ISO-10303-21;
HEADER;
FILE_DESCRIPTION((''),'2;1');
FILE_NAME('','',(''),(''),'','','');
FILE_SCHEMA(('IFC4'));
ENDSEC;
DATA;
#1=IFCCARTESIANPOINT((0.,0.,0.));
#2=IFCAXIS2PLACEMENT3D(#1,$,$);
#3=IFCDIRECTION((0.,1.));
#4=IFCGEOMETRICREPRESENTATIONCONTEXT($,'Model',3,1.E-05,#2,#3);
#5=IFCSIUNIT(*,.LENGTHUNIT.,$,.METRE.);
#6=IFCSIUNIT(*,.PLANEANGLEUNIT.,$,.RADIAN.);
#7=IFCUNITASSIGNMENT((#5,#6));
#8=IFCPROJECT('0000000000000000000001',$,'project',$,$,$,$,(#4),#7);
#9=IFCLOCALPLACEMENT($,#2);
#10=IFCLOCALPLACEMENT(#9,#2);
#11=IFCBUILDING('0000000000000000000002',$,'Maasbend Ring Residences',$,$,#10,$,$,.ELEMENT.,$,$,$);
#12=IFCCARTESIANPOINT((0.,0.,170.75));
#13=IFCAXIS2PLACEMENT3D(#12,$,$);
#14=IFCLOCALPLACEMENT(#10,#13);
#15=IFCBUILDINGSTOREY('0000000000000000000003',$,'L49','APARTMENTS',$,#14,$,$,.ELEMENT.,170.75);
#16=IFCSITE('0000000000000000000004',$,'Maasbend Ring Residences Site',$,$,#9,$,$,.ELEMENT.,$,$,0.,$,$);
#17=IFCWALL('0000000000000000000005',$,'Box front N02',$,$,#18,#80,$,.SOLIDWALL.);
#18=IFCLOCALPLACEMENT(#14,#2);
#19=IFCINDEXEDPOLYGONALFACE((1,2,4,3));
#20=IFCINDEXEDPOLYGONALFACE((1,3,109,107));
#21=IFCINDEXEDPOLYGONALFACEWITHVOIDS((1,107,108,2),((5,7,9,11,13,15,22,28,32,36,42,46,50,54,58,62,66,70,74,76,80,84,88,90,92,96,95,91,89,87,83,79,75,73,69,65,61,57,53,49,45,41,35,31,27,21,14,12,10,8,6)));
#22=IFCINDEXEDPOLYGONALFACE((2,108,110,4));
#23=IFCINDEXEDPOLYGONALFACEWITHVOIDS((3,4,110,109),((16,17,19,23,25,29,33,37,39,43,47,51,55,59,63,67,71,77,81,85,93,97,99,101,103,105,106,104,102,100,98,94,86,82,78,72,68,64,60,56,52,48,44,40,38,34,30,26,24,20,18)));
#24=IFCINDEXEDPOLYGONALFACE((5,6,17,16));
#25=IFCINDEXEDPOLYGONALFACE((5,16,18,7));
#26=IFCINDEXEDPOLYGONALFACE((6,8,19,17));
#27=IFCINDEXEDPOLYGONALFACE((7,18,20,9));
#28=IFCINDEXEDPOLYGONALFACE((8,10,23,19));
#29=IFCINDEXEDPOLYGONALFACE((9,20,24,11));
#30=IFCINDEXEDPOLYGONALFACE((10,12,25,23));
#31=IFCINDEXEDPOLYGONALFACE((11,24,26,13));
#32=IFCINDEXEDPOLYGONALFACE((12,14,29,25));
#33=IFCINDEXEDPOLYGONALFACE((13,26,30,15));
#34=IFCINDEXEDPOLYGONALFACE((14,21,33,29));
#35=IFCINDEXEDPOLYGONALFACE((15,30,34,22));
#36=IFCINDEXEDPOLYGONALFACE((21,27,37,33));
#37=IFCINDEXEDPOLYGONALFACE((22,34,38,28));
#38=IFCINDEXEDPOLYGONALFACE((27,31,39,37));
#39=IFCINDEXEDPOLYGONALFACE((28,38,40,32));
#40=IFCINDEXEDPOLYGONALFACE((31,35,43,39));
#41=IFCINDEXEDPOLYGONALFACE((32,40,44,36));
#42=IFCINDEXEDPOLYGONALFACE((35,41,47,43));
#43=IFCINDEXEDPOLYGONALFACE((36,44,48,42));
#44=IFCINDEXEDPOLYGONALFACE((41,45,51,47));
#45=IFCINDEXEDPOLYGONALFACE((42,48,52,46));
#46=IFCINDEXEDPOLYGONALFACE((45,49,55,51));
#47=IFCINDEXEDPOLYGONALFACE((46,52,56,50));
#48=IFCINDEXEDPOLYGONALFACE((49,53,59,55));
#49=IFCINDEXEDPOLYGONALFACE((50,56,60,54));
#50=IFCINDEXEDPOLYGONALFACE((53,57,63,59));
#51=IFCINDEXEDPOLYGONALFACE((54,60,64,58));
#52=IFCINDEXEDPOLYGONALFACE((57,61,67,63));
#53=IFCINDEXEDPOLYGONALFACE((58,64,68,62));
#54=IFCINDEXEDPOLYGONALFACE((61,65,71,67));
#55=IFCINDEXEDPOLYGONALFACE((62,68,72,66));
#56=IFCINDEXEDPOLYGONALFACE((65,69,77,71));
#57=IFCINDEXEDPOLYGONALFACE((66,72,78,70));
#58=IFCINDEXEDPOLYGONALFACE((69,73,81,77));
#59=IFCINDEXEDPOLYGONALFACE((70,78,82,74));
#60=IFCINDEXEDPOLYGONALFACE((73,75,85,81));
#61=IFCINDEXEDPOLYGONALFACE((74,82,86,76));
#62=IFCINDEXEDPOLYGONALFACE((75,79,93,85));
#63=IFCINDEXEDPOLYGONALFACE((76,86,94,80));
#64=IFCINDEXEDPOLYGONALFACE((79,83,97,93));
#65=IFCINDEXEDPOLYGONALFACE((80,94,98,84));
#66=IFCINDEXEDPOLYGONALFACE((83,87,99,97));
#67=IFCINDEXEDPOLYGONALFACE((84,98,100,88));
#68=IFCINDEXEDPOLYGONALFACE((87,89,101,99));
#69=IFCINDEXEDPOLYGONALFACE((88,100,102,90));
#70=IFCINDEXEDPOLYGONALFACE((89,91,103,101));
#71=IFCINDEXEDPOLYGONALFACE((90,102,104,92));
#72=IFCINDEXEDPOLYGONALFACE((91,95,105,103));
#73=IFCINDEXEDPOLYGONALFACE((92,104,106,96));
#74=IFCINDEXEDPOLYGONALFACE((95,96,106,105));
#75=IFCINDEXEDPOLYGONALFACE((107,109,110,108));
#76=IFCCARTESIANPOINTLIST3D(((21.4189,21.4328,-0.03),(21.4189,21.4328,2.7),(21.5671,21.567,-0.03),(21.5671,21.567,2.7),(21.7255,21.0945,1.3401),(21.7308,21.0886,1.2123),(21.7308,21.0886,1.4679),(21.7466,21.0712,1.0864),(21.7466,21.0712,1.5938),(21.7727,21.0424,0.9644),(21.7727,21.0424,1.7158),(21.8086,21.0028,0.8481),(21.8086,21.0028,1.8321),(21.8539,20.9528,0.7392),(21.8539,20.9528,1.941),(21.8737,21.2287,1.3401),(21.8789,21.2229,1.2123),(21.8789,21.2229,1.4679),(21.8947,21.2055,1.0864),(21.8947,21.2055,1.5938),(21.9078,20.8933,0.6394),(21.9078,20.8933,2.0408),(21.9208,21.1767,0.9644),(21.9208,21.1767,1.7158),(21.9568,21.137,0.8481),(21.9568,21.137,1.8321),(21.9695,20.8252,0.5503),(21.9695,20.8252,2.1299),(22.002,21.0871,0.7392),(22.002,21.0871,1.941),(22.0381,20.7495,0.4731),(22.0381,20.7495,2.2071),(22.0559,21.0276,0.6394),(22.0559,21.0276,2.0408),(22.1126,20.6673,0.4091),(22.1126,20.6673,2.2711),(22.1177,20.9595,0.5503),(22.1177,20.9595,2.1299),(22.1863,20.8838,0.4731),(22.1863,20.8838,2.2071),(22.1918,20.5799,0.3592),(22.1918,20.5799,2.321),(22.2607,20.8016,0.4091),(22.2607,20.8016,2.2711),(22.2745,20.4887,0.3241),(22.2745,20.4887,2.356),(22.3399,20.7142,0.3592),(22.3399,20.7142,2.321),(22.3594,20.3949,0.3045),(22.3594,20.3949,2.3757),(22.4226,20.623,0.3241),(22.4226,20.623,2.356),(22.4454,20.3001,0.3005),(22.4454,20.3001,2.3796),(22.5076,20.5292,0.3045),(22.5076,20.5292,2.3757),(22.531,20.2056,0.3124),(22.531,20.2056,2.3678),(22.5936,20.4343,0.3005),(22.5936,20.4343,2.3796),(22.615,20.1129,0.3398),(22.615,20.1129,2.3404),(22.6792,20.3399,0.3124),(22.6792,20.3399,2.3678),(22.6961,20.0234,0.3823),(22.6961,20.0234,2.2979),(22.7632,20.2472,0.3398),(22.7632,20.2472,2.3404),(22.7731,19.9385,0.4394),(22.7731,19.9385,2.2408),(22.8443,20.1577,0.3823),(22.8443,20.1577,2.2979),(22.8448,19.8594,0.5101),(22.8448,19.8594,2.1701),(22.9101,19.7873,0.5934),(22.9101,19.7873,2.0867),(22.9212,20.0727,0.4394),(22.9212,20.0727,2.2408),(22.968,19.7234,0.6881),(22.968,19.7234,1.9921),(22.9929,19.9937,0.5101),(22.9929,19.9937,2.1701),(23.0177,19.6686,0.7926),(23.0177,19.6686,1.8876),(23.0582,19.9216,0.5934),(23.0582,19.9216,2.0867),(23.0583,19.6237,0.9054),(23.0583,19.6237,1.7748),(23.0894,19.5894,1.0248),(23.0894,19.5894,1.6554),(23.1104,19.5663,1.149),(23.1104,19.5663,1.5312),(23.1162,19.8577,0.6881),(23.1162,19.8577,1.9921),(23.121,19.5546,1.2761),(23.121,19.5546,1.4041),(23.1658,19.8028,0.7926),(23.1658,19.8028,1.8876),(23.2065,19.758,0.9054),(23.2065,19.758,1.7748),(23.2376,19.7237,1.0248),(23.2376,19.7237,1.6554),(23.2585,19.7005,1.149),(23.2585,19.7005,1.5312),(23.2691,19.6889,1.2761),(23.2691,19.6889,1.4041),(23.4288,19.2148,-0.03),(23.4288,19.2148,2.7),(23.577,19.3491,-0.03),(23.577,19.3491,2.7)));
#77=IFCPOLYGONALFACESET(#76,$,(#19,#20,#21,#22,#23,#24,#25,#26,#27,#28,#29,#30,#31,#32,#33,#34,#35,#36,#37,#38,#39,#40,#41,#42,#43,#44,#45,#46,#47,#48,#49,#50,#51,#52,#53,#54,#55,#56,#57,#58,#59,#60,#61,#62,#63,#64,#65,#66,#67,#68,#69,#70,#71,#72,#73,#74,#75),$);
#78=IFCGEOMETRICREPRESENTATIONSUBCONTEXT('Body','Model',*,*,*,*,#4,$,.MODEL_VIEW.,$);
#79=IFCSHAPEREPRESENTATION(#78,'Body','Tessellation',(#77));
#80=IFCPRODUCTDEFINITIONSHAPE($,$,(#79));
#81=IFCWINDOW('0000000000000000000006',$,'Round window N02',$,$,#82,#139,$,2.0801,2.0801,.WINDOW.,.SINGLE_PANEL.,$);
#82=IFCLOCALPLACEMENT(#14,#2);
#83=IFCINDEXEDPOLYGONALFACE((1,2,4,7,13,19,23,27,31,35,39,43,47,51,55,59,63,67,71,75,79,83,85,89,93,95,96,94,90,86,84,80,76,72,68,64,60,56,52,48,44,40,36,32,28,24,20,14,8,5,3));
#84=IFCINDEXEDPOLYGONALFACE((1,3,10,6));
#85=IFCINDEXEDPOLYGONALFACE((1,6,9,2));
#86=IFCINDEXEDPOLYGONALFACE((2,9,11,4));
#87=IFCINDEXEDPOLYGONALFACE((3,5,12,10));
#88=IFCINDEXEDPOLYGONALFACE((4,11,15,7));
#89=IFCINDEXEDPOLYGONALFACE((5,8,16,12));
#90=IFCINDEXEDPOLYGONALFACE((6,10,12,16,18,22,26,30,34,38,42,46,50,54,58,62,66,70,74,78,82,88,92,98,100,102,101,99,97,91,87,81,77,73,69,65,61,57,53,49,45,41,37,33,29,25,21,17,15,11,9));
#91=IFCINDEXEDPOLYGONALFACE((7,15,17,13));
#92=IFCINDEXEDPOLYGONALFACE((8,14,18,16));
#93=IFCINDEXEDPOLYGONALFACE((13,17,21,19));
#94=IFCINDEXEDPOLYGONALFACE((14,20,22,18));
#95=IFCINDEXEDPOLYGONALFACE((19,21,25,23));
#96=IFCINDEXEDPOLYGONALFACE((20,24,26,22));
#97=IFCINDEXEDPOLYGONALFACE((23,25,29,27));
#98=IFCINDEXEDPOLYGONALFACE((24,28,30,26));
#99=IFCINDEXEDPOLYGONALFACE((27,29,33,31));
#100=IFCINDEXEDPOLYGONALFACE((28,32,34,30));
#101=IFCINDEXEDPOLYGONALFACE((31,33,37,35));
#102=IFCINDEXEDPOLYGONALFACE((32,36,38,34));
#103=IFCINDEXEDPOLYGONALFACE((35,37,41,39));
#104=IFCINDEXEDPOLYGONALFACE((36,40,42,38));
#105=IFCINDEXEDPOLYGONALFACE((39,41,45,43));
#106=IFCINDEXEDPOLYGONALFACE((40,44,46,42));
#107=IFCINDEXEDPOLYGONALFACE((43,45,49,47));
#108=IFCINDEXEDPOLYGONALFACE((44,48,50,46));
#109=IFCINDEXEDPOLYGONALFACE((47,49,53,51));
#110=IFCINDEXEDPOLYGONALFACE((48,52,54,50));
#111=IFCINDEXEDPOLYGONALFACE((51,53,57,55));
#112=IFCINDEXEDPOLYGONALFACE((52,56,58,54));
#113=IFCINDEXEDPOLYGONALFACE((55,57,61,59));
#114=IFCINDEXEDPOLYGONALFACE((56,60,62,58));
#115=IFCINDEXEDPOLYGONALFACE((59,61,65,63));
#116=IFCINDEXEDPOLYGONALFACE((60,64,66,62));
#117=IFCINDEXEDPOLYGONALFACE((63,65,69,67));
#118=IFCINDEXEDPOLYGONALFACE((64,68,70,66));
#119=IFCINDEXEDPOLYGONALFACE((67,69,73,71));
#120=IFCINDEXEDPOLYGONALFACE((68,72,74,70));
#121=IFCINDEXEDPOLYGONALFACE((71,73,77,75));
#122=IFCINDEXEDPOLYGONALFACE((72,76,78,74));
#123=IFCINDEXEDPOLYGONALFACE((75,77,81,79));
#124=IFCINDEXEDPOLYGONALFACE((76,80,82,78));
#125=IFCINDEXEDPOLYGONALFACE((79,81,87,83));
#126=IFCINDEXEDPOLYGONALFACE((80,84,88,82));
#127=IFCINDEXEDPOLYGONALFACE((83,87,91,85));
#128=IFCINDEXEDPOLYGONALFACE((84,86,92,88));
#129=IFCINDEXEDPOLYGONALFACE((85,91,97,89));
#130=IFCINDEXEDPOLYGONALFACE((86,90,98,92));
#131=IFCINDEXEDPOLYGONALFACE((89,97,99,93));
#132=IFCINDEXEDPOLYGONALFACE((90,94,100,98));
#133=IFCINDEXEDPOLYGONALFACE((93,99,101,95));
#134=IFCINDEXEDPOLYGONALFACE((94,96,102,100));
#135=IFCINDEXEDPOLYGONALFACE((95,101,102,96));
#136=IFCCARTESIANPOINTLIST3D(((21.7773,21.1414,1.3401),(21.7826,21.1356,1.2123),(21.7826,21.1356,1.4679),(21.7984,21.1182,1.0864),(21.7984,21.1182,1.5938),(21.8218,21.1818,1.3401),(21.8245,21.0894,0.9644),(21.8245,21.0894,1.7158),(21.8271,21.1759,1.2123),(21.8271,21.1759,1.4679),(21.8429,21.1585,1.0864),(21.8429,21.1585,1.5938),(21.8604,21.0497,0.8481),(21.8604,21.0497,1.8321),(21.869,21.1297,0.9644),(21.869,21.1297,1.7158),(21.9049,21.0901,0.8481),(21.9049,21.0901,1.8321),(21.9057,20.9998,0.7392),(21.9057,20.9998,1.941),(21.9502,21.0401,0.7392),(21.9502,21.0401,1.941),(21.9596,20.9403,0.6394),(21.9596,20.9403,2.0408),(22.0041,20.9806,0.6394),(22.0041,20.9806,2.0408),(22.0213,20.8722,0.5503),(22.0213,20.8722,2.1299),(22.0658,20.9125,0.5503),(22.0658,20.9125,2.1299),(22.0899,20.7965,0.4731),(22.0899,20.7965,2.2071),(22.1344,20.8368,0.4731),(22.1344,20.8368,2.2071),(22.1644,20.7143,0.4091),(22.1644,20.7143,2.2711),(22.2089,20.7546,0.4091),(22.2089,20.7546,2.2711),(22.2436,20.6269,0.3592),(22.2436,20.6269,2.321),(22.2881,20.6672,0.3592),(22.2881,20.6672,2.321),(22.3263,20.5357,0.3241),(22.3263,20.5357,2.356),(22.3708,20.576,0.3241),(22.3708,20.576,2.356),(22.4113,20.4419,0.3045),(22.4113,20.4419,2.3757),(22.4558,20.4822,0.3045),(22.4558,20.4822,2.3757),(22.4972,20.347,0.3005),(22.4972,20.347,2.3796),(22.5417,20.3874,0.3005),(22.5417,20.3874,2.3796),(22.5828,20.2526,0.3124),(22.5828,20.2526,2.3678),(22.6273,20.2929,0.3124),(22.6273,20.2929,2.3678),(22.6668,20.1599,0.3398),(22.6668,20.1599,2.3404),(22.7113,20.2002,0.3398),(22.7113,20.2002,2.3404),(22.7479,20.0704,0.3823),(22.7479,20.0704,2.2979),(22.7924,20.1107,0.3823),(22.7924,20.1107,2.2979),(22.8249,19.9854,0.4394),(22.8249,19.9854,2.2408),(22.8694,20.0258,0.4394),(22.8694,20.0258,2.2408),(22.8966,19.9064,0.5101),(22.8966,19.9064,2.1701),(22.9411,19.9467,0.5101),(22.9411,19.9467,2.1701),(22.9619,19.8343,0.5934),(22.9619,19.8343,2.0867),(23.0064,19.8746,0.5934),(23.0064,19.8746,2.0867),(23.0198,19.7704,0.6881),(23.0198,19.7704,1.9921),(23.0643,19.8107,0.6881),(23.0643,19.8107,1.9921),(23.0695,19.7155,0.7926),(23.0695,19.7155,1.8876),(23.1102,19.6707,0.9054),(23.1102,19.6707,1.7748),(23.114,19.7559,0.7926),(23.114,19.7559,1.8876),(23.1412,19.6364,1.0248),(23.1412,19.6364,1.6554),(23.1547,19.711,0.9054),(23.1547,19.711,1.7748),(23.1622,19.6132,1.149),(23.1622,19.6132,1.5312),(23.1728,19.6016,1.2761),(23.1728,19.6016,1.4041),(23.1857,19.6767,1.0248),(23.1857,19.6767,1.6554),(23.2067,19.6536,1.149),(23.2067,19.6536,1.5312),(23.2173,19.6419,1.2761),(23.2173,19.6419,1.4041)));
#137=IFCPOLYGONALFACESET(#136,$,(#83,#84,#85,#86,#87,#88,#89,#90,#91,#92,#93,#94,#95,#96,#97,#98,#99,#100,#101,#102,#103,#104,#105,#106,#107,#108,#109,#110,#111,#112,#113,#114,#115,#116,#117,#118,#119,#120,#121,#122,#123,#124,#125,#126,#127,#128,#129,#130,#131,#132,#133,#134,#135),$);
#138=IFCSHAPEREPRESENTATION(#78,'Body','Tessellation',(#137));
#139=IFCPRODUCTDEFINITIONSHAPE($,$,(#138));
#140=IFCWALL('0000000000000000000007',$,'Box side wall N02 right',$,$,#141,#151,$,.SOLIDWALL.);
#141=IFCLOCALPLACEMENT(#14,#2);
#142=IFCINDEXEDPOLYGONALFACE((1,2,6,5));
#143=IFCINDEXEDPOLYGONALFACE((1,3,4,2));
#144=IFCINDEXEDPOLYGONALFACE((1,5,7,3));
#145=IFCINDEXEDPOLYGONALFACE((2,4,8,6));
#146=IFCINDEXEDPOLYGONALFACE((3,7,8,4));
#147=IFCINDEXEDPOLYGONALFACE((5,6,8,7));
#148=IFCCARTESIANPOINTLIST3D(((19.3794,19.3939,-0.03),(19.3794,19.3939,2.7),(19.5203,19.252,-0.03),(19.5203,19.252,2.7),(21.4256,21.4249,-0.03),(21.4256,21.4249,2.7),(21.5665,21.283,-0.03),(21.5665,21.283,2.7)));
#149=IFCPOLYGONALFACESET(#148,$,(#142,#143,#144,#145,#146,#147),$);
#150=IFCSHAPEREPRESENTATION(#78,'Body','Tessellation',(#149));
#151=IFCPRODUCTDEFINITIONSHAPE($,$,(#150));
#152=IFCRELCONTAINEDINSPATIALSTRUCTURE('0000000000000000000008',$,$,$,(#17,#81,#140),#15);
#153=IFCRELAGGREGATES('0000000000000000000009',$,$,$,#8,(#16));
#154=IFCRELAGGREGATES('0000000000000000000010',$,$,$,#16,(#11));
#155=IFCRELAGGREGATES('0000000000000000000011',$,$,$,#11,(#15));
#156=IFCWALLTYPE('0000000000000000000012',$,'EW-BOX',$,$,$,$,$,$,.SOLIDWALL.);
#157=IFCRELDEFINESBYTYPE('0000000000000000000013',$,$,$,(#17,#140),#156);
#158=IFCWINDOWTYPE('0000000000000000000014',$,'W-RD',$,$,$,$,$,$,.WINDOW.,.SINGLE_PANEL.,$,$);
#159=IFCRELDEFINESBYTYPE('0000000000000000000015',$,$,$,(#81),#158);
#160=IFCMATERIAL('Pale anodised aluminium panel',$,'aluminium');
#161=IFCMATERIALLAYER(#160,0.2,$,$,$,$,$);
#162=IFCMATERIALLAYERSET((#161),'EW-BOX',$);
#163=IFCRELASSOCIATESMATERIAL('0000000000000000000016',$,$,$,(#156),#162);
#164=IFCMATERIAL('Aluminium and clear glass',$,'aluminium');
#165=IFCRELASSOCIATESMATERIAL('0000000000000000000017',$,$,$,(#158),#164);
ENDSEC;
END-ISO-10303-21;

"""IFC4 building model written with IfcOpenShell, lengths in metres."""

from ifc_helpers import new_model, si_unit, direction, frame, frame_2d, origin, place, context, subcontext, project, spatial, rectangle, circle, extrude, material, layer, layer_set, type_object, element, fill, save


model = new_model("IFC4")

# Units and contexts
model_context = context("Model", 3, precision=1e-05, world=origin(), true_north=direction((0.0, 1.0)))
body_context = subcontext(model_context, "Body", "Model", "MODEL_VIEW")
ifc_project = project(units=[si_unit("LENGTHUNIT", "METRE"), si_unit("PLANEANGLEUNIT", "RADIAN")], contexts=[model_context])

# Site, building, storey
site_placement = place(None, origin())
site = spatial("IfcSite", under=ifc_project, at=site_placement, Name="Maasbend Ring Residences Site", CompositionType="ELEMENT", RefElevation=0.0)
building_placement = place(site_placement, origin())
building = spatial("IfcBuilding", under=site, at=building_placement, Name="Maasbend Ring Residences", CompositionType="ELEMENT")
storey_placement = place(building_placement, frame((0.0, 0.0, 170.75)))
storey = spatial("IfcBuildingStorey", under=building, at=storey_placement, Name="L49", Description="APARTMENTS", CompositionType="ELEMENT", Elevation=170.75)

# Wall, opening, window
ifc_material_1 = material(Name="Pale anodised aluminium panel", Category="aluminium")
ifc_layer_1 = layer(ifc_material_1, 0.2)
ifc_layer_set_1 = layer_set([ifc_layer_1], Name="EW-BOX")
wall_type_1 = type_object("IfcWallType", Name="EW-BOX", PredefinedType="SOLIDWALL", material=ifc_layer_set_1)
wall_1_placement = place(storey_placement, frame((23.5029, 19.282, -0.03), z_axis=(0.0, 0.0, 1.0), x_axis=(-0.671507, 0.740998, 0.0)))
wall_1 = element("IfcWall", 1, at=wall_1_placement, inside=storey, type_object=wall_type_1, Name="Box front N02", PredefinedType="SOLIDWALL", context=body_context, shape_type="SweptSolid", body=[
    extrude(rectangle(XDim=2.9932, YDim=0.2, at=frame_2d((1.4966, 0.0))), origin(), (0.0, 0.0, 1.0), 2.73),
])
opening_1_placement = place(wall_1_placement, frame((0.4565, 0.0, 0.3301)))
opening_1 = element("IfcOpeningElement", 2, at=opening_1_placement, cuts=wall_1, PredefinedType="OPENING", context=body_context, shape_type="SweptSolid", body=[
    extrude(circle(Radius=1.04, at=frame_2d((1.04, 1.04))), frame((0.0, 0.1099, 0.0), z_axis=(0.0, -1.0, 0.0), x_axis=(1.0, 0.0, 0.0)), (0.0, 0.0, 1.0), 0.22),
])
ifc_material_2 = material(Name="Aluminium and clear glass", Category="aluminium")
window_type_1 = type_object("IfcWindowType", Name="W-RD", PartitioningType="SINGLE_PANEL", PredefinedType="WINDOW", material=ifc_material_2)
window_1_placement = place(opening_1_placement, origin())
window_1 = element("IfcWindow", 3, at=window_1_placement, inside=storey, type_object=window_type_1, Name="Round window N02", OverallHeight=2.0801, OverallWidth=2.0801, PartitioningType="SINGLE_PANEL", PredefinedType="WINDOW", context=body_context, shape_type="SweptSolid", body=[
    extrude(circle(Radius=1.04, at=frame_2d((1.04, 1.04))), frame((0.0, 0.03, 0.0), z_axis=(0.0, -1.0, 0.0), x_axis=(1.0, 0.0, 0.0)), (0.0, 0.0, 1.0), 0.0601),
])
fill(opening_1, window_1)

# Wall
wall_2_placement = place(storey_placement, frame((19.45, 19.323, -0.03), z_axis=(0.0, 0.0, 1.0), x_axis=(0.709727, 0.704477, 0.0)))
element("IfcWall", 4, at=wall_2_placement, inside=storey, type_object=wall_type_1, Name="Box side wall N02 right", PredefinedType="SOLIDWALL", context=body_context, shape_type="SweptSolid", body=[
    extrude(rectangle(XDim=2.8831, YDim=0.2, at=frame_2d((1.4414, 0.0))), origin(), (0.0, 0.0, 1.0), 2.73),
])

save(model, "model.ifc")
